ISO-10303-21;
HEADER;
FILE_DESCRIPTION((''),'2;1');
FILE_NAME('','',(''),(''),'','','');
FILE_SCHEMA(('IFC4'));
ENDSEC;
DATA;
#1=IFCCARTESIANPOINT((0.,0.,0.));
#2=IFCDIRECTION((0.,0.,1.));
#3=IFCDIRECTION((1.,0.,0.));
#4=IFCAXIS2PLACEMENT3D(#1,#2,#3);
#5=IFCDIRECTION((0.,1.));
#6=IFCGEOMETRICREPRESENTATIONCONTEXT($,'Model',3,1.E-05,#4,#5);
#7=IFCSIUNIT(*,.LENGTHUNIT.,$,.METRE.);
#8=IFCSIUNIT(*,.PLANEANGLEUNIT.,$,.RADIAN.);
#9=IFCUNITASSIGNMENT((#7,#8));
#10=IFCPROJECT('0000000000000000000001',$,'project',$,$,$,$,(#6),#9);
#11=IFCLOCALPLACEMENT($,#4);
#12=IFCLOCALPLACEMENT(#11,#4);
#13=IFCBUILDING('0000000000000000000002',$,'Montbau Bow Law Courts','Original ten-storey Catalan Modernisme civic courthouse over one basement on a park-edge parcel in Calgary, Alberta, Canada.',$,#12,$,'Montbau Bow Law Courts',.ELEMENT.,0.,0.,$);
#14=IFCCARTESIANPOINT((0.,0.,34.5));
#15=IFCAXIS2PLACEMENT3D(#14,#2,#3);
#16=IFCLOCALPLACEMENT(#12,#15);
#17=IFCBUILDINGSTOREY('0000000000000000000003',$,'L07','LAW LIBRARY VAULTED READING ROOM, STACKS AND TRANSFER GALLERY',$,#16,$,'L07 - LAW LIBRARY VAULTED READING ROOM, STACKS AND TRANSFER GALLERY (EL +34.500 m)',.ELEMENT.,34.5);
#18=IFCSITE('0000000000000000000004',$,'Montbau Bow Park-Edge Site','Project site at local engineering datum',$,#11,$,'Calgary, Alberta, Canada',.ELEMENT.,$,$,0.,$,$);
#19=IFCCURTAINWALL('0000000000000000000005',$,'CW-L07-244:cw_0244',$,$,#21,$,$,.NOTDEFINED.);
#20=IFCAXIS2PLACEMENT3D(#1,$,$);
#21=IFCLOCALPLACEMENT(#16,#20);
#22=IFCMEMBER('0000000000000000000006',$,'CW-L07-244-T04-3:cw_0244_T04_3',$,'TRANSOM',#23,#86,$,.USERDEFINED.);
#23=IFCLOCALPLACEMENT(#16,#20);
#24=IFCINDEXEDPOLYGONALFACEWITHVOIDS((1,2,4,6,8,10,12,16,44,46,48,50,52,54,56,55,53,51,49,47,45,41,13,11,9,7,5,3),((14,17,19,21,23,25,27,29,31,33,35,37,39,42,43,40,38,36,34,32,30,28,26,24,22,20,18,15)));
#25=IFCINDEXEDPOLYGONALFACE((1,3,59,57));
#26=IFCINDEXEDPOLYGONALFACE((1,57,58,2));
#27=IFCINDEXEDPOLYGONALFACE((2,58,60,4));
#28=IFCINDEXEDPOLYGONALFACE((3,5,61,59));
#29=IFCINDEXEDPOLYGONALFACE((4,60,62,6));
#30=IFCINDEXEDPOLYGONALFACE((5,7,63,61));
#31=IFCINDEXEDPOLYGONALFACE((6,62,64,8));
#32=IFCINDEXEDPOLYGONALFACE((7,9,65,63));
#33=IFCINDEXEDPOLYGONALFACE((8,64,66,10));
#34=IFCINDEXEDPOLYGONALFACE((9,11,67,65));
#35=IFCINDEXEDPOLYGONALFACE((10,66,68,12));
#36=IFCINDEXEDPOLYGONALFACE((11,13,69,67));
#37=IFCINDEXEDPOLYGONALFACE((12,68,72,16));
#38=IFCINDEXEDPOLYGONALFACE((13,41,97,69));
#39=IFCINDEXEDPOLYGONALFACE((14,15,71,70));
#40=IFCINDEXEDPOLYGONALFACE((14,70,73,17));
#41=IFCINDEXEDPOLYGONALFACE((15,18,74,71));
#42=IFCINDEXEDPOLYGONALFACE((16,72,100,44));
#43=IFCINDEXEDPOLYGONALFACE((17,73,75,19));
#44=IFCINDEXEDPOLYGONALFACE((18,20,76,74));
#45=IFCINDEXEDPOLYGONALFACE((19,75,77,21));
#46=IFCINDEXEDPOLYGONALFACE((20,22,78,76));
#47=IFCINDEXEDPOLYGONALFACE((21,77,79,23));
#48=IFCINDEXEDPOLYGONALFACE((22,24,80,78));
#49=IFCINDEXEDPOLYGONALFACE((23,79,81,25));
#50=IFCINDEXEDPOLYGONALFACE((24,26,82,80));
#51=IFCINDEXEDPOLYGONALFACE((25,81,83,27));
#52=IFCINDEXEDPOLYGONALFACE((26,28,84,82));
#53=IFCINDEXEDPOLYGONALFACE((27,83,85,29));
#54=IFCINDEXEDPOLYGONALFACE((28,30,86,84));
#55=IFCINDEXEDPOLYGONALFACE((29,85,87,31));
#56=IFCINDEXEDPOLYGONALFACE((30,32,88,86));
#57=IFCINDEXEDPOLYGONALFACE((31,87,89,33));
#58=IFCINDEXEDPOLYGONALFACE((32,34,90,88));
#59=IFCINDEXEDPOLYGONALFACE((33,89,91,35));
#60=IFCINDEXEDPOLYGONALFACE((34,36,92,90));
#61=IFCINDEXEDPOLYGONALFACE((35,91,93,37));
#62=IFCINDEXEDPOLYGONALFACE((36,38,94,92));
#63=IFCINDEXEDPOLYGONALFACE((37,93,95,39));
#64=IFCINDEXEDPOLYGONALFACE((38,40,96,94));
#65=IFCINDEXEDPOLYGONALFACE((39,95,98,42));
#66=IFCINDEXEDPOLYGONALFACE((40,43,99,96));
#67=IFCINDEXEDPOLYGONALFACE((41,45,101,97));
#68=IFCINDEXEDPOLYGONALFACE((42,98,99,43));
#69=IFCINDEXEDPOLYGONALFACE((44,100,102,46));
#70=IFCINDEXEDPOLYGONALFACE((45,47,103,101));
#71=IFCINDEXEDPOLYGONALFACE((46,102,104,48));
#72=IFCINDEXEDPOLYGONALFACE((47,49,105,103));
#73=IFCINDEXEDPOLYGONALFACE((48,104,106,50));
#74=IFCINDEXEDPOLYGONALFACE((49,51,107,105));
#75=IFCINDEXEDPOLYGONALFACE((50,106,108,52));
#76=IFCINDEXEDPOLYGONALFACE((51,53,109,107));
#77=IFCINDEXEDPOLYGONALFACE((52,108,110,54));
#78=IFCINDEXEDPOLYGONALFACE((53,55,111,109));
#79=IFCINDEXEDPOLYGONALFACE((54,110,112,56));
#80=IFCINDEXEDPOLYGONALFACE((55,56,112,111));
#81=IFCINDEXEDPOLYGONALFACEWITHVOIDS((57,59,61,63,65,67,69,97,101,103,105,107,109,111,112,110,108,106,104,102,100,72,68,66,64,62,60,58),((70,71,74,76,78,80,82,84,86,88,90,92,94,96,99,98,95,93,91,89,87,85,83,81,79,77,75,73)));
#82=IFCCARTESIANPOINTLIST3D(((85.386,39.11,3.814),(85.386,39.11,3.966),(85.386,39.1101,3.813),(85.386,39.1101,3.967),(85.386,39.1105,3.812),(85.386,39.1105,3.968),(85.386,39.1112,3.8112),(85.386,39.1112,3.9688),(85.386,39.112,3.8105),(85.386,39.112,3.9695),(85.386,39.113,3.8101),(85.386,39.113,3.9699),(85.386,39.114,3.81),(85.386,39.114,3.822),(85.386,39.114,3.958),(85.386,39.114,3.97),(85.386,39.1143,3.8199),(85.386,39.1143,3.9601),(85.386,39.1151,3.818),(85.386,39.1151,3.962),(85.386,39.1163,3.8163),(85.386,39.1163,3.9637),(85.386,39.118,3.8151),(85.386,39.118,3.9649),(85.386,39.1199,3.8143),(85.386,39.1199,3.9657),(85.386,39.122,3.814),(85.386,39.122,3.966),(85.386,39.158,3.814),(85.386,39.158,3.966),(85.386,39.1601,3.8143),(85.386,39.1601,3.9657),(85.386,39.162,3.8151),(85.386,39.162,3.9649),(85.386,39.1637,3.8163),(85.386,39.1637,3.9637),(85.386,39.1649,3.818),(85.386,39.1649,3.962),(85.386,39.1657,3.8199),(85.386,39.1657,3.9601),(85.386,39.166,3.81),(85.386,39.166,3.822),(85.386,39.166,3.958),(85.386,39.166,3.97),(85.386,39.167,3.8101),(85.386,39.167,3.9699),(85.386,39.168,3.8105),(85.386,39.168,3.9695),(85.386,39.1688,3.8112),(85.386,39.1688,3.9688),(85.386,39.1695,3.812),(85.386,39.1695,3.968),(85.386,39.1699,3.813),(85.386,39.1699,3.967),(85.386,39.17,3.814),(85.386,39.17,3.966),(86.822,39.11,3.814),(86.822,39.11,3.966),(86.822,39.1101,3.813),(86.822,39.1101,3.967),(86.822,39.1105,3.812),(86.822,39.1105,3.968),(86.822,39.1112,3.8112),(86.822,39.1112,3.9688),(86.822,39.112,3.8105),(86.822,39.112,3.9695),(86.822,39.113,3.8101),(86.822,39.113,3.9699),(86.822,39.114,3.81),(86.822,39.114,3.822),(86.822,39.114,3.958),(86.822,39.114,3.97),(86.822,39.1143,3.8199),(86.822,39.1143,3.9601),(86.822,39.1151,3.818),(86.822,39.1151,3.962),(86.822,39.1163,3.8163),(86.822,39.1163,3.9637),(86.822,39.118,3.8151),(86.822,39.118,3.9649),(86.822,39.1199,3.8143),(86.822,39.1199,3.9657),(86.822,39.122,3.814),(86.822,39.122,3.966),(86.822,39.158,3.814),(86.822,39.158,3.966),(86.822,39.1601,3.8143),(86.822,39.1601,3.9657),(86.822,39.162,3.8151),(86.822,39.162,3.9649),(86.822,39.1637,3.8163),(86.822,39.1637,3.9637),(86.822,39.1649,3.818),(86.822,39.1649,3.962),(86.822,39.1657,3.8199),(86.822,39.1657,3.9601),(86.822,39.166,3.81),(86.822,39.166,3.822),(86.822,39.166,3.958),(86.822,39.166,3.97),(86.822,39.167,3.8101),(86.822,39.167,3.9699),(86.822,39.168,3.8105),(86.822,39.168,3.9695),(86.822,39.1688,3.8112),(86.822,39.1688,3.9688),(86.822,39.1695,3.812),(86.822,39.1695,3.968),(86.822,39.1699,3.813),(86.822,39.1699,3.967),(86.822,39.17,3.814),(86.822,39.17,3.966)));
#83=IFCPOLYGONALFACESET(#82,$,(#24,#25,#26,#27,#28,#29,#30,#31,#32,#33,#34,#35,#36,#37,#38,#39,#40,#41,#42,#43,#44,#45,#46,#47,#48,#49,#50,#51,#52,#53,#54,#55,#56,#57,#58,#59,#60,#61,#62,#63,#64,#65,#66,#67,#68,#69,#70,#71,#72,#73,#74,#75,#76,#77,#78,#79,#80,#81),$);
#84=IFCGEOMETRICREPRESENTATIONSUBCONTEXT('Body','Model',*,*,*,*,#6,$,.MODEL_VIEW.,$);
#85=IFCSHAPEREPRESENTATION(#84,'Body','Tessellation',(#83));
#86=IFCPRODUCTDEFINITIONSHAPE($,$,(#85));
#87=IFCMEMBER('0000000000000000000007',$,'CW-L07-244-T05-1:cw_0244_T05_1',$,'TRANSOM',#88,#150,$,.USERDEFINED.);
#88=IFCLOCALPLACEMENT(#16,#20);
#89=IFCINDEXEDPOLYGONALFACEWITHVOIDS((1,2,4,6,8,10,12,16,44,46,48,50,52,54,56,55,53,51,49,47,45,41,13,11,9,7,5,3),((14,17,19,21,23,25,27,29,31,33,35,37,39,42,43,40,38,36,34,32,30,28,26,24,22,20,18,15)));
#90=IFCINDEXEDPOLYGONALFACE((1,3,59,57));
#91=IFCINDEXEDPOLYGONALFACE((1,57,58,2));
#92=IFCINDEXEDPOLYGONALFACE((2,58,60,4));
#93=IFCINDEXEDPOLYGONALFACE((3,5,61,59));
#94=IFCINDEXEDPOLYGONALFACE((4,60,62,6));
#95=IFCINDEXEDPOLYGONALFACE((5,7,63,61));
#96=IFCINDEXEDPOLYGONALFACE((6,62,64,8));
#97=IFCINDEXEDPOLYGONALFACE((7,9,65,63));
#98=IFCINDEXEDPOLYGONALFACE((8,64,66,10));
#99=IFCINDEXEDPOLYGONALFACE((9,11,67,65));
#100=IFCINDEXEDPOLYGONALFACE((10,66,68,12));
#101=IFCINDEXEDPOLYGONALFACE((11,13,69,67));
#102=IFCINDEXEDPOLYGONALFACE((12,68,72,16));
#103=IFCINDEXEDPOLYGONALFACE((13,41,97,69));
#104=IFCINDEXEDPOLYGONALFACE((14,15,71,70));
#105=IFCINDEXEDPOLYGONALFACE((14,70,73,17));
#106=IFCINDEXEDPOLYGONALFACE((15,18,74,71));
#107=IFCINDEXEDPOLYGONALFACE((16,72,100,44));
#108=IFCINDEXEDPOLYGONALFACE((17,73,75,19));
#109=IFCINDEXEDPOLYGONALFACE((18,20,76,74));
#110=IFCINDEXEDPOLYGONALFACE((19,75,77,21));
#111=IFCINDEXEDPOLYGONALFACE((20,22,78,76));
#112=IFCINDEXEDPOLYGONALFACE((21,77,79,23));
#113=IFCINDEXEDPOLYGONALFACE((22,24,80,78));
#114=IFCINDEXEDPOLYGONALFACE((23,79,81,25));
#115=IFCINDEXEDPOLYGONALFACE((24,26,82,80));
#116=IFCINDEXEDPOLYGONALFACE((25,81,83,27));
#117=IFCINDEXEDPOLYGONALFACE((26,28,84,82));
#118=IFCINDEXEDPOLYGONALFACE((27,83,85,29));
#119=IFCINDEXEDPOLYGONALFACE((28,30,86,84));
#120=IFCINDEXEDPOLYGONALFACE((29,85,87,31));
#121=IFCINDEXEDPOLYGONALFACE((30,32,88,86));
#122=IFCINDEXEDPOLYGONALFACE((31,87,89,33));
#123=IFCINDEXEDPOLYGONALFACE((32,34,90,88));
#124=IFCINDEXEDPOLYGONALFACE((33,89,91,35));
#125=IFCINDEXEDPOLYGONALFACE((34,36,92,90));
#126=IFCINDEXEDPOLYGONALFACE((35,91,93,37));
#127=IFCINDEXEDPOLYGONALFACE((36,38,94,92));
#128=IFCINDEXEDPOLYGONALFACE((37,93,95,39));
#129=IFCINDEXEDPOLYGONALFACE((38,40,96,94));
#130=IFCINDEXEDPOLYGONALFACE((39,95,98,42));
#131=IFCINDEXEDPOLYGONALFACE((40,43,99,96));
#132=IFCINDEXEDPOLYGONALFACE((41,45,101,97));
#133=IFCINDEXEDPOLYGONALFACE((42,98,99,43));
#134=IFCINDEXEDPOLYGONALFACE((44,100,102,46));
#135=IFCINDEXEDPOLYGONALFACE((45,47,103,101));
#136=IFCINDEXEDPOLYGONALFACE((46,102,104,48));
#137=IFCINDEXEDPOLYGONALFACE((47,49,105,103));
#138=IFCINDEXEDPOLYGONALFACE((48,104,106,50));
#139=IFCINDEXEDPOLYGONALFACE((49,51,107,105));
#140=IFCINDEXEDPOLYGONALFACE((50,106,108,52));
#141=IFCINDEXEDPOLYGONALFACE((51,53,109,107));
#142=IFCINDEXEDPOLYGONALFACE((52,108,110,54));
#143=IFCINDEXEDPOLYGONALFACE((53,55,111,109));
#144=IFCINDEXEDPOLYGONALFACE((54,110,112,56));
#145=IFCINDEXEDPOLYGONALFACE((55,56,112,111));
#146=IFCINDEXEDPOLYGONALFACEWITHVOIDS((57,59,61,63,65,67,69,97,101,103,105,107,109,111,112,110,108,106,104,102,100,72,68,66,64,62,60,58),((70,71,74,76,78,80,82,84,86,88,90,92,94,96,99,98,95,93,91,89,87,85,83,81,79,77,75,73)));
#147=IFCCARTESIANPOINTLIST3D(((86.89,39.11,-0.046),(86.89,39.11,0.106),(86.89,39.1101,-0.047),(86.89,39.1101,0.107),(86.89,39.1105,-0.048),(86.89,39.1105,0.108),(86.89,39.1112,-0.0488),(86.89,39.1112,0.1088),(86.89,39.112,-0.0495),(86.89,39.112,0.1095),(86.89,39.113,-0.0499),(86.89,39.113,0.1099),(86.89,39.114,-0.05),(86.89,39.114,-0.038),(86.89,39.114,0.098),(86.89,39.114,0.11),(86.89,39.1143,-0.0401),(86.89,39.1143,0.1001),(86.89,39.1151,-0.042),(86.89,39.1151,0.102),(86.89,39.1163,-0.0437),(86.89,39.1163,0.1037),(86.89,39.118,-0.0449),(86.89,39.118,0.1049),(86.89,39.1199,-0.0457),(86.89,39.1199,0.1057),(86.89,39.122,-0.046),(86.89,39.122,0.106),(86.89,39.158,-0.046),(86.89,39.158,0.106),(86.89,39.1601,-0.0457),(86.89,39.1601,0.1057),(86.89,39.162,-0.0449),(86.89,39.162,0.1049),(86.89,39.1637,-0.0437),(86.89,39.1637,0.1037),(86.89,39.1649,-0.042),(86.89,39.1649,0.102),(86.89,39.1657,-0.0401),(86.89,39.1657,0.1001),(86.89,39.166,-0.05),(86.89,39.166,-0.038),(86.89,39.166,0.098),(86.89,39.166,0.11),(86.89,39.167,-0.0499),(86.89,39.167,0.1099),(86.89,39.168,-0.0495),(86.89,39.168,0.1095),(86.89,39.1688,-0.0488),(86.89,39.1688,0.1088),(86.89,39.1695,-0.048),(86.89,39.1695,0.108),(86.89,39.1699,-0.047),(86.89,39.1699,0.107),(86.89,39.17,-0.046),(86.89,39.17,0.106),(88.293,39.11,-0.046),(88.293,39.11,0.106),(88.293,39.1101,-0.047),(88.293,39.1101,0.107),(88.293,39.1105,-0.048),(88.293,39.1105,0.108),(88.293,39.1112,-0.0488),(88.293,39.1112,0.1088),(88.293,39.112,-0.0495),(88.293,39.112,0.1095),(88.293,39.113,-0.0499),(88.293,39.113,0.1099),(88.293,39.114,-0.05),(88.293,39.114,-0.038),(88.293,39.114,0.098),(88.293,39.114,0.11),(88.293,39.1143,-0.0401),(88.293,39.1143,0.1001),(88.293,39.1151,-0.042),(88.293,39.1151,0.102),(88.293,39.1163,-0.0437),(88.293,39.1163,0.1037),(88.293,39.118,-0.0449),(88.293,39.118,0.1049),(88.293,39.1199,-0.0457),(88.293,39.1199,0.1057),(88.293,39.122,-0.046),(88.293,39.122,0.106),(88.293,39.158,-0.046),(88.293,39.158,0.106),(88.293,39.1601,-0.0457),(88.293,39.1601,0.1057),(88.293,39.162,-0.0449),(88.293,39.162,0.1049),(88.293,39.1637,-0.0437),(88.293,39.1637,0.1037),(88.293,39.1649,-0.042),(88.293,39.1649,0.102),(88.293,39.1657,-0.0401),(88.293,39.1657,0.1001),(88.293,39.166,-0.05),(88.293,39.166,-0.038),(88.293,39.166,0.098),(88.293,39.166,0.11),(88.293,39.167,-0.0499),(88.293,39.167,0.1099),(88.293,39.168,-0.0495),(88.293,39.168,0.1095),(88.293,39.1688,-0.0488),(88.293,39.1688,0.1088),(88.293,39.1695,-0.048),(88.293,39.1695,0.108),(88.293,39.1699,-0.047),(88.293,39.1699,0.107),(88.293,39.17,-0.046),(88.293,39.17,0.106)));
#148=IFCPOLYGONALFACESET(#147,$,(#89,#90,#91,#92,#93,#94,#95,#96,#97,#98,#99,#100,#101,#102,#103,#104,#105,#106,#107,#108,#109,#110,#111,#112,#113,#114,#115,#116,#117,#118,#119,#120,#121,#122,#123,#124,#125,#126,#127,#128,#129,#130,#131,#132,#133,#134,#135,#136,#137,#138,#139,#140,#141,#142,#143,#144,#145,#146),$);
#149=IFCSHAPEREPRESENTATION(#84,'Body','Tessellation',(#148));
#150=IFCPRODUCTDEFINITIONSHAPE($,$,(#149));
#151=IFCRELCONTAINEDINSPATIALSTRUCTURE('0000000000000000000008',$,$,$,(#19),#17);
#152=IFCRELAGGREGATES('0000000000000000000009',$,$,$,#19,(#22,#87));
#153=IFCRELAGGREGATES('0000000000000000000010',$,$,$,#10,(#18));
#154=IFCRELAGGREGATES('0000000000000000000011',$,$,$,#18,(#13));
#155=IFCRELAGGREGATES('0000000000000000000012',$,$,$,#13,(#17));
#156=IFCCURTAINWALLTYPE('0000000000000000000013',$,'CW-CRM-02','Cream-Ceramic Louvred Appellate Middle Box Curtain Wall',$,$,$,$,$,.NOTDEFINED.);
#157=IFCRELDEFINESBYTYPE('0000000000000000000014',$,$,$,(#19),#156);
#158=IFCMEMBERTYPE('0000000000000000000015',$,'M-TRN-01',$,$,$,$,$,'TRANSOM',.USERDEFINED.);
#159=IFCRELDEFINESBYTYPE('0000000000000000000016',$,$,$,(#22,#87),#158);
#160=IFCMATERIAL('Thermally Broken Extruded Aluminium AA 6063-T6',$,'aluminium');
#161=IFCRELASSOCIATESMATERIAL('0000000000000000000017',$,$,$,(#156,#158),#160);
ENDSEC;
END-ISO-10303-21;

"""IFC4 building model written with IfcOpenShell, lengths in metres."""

from ifc_helpers import new_model, si_unit, direction, frame, origin_with_axes, origin_2d_with_axis, place, context, subcontext, project, spatial, hollow_rectangle, extrude, material, material_profile, profile_set, type_object, element, aggregate, save


model = new_model("IFC4")

# Units and contexts
model_context = context("Model", 3, precision=1e-05, world=origin_with_axes(), true_north=direction((0.0, 1.0)))
body_context = subcontext(model_context, "Body", "Model", "MODEL_VIEW")
ifc_project = project(units=[si_unit("LENGTHUNIT", "METRE"), si_unit("PLANEANGLEUNIT", "RADIAN")], contexts=[model_context])

# Site, building, storey
site_placement = place(None, origin_with_axes())
site = spatial("IfcSite", under=ifc_project, at=site_placement, Name="Montbau Bow Park-Edge Site", Description="Project site at local engineering datum", LongName="Calgary, Alberta, Canada", CompositionType="ELEMENT", RefElevation=0.0)
building_placement = place(site_placement, origin_with_axes())
building = spatial("IfcBuilding", under=site, at=building_placement, Name="Montbau Bow Law Courts", Description="Original ten-storey Catalan Modernisme civic courthouse over one basement on a park-edge parcel in Calgary, Alberta, Canada.", LongName="Montbau Bow Law Courts", CompositionType="ELEMENT", ElevationOfRefHeight=0.0, ElevationOfTerrain=0.0)
storey_placement = place(building_placement, frame((0.0, 0.0, 34.5), z_axis=(0.0, 0.0, 1.0), x_axis=(1.0, 0.0, 0.0)))
storey = spatial("IfcBuildingStorey", under=building, at=storey_placement, Name="L07", Description="LAW LIBRARY VAULTED READING ROOM, STACKS AND TRANSFER GALLERY", LongName="L07 - LAW LIBRARY VAULTED READING ROOM, STACKS AND TRANSFER GALLERY (EL +34.500 m)", CompositionType="ELEMENT", Elevation=34.5)

# Curtain wall, members
ifc_material_1 = material(Name="Thermally Broken Extruded Aluminium AA 6063-T6", Category="aluminium")
curtain_wall_type = type_object("IfcCurtainWallType", Name="CW-CRM-02", Description="Cream-Ceramic Louvred Appellate Middle Box Curtain Wall", PredefinedType="NOTDEFINED", material=ifc_material_1)
curtain_wall_placement = place(None, frame((80.84, 39.14, 34.5), z_axis=(0.0, 0.0, 1.0), x_axis=(1.0, 0.0, 0.0)))
curtain_wall = element("IfcCurtainWall", 1, at=curtain_wall_placement, inside=storey, type_object=curtain_wall_type, Name="CW-L07-244:cw_0244", PredefinedType="NOTDEFINED")
ifc_material_profile_1 = material_profile(ifc_material_1, hollow_rectangle(XDim=0.06, YDim=0.16, WallThickness=0.004, InnerFilletRadius=0.008, OuterFilletRadius=0.004, at=origin_2d_with_axis()), Name="CWT-160X60", Category="Main", Priority=0)
ifc_profile_set_1 = profile_set([ifc_material_profile_1], Name="Thermally Broken Extruded Aluminium AA 6063-T6")
member_type_1 = type_object("IfcMemberType", Name="M-TRN-01", ElementType="TRANSOM", PredefinedType="USERDEFINED", material=ifc_profile_set_1)
member_1_placement = place(None, frame((85.386, 39.14, 38.39), z_axis=(1.0, 0.0, 0.0), x_axis=(0.0, 1.0, 0.0)))
member_1 = element("IfcMember", 2, at=member_1_placement, type_object=member_type_1, Name="CW-L07-244-T04-3:cw_0244_T04_3", ObjectType="TRANSOM", PredefinedType="USERDEFINED", context=body_context, shape_type="SweptSolid", body=[
    extrude(hollow_rectangle(XDim=0.06, YDim=0.16, WallThickness=0.004, InnerFilletRadius=0.008, OuterFilletRadius=0.004, at=origin_2d_with_axis()), origin_with_axes(), (0.0, 0.0, 1.0), 1.436),
])
member_2_placement = place(None, frame((86.89, 39.14, 34.53), z_axis=(1.0, 0.0, 0.0), x_axis=(0.0, 1.0, 0.0)))
member_2 = element("IfcMember", 3, at=member_2_placement, type_object=member_type_1, Name="CW-L07-244-T05-1:cw_0244_T05_1", ObjectType="TRANSOM", PredefinedType="USERDEFINED", context=body_context, shape_type="SweptSolid", body=[
    extrude(hollow_rectangle(XDim=0.06, YDim=0.16, WallThickness=0.004, InnerFilletRadius=0.008, OuterFilletRadius=0.004, at=origin_2d_with_axis()), origin_with_axes(), (0.0, 0.0, 1.0), 1.403),
])
aggregate(curtain_wall, [member_1, member_2])

save(model, "model.ifc")
